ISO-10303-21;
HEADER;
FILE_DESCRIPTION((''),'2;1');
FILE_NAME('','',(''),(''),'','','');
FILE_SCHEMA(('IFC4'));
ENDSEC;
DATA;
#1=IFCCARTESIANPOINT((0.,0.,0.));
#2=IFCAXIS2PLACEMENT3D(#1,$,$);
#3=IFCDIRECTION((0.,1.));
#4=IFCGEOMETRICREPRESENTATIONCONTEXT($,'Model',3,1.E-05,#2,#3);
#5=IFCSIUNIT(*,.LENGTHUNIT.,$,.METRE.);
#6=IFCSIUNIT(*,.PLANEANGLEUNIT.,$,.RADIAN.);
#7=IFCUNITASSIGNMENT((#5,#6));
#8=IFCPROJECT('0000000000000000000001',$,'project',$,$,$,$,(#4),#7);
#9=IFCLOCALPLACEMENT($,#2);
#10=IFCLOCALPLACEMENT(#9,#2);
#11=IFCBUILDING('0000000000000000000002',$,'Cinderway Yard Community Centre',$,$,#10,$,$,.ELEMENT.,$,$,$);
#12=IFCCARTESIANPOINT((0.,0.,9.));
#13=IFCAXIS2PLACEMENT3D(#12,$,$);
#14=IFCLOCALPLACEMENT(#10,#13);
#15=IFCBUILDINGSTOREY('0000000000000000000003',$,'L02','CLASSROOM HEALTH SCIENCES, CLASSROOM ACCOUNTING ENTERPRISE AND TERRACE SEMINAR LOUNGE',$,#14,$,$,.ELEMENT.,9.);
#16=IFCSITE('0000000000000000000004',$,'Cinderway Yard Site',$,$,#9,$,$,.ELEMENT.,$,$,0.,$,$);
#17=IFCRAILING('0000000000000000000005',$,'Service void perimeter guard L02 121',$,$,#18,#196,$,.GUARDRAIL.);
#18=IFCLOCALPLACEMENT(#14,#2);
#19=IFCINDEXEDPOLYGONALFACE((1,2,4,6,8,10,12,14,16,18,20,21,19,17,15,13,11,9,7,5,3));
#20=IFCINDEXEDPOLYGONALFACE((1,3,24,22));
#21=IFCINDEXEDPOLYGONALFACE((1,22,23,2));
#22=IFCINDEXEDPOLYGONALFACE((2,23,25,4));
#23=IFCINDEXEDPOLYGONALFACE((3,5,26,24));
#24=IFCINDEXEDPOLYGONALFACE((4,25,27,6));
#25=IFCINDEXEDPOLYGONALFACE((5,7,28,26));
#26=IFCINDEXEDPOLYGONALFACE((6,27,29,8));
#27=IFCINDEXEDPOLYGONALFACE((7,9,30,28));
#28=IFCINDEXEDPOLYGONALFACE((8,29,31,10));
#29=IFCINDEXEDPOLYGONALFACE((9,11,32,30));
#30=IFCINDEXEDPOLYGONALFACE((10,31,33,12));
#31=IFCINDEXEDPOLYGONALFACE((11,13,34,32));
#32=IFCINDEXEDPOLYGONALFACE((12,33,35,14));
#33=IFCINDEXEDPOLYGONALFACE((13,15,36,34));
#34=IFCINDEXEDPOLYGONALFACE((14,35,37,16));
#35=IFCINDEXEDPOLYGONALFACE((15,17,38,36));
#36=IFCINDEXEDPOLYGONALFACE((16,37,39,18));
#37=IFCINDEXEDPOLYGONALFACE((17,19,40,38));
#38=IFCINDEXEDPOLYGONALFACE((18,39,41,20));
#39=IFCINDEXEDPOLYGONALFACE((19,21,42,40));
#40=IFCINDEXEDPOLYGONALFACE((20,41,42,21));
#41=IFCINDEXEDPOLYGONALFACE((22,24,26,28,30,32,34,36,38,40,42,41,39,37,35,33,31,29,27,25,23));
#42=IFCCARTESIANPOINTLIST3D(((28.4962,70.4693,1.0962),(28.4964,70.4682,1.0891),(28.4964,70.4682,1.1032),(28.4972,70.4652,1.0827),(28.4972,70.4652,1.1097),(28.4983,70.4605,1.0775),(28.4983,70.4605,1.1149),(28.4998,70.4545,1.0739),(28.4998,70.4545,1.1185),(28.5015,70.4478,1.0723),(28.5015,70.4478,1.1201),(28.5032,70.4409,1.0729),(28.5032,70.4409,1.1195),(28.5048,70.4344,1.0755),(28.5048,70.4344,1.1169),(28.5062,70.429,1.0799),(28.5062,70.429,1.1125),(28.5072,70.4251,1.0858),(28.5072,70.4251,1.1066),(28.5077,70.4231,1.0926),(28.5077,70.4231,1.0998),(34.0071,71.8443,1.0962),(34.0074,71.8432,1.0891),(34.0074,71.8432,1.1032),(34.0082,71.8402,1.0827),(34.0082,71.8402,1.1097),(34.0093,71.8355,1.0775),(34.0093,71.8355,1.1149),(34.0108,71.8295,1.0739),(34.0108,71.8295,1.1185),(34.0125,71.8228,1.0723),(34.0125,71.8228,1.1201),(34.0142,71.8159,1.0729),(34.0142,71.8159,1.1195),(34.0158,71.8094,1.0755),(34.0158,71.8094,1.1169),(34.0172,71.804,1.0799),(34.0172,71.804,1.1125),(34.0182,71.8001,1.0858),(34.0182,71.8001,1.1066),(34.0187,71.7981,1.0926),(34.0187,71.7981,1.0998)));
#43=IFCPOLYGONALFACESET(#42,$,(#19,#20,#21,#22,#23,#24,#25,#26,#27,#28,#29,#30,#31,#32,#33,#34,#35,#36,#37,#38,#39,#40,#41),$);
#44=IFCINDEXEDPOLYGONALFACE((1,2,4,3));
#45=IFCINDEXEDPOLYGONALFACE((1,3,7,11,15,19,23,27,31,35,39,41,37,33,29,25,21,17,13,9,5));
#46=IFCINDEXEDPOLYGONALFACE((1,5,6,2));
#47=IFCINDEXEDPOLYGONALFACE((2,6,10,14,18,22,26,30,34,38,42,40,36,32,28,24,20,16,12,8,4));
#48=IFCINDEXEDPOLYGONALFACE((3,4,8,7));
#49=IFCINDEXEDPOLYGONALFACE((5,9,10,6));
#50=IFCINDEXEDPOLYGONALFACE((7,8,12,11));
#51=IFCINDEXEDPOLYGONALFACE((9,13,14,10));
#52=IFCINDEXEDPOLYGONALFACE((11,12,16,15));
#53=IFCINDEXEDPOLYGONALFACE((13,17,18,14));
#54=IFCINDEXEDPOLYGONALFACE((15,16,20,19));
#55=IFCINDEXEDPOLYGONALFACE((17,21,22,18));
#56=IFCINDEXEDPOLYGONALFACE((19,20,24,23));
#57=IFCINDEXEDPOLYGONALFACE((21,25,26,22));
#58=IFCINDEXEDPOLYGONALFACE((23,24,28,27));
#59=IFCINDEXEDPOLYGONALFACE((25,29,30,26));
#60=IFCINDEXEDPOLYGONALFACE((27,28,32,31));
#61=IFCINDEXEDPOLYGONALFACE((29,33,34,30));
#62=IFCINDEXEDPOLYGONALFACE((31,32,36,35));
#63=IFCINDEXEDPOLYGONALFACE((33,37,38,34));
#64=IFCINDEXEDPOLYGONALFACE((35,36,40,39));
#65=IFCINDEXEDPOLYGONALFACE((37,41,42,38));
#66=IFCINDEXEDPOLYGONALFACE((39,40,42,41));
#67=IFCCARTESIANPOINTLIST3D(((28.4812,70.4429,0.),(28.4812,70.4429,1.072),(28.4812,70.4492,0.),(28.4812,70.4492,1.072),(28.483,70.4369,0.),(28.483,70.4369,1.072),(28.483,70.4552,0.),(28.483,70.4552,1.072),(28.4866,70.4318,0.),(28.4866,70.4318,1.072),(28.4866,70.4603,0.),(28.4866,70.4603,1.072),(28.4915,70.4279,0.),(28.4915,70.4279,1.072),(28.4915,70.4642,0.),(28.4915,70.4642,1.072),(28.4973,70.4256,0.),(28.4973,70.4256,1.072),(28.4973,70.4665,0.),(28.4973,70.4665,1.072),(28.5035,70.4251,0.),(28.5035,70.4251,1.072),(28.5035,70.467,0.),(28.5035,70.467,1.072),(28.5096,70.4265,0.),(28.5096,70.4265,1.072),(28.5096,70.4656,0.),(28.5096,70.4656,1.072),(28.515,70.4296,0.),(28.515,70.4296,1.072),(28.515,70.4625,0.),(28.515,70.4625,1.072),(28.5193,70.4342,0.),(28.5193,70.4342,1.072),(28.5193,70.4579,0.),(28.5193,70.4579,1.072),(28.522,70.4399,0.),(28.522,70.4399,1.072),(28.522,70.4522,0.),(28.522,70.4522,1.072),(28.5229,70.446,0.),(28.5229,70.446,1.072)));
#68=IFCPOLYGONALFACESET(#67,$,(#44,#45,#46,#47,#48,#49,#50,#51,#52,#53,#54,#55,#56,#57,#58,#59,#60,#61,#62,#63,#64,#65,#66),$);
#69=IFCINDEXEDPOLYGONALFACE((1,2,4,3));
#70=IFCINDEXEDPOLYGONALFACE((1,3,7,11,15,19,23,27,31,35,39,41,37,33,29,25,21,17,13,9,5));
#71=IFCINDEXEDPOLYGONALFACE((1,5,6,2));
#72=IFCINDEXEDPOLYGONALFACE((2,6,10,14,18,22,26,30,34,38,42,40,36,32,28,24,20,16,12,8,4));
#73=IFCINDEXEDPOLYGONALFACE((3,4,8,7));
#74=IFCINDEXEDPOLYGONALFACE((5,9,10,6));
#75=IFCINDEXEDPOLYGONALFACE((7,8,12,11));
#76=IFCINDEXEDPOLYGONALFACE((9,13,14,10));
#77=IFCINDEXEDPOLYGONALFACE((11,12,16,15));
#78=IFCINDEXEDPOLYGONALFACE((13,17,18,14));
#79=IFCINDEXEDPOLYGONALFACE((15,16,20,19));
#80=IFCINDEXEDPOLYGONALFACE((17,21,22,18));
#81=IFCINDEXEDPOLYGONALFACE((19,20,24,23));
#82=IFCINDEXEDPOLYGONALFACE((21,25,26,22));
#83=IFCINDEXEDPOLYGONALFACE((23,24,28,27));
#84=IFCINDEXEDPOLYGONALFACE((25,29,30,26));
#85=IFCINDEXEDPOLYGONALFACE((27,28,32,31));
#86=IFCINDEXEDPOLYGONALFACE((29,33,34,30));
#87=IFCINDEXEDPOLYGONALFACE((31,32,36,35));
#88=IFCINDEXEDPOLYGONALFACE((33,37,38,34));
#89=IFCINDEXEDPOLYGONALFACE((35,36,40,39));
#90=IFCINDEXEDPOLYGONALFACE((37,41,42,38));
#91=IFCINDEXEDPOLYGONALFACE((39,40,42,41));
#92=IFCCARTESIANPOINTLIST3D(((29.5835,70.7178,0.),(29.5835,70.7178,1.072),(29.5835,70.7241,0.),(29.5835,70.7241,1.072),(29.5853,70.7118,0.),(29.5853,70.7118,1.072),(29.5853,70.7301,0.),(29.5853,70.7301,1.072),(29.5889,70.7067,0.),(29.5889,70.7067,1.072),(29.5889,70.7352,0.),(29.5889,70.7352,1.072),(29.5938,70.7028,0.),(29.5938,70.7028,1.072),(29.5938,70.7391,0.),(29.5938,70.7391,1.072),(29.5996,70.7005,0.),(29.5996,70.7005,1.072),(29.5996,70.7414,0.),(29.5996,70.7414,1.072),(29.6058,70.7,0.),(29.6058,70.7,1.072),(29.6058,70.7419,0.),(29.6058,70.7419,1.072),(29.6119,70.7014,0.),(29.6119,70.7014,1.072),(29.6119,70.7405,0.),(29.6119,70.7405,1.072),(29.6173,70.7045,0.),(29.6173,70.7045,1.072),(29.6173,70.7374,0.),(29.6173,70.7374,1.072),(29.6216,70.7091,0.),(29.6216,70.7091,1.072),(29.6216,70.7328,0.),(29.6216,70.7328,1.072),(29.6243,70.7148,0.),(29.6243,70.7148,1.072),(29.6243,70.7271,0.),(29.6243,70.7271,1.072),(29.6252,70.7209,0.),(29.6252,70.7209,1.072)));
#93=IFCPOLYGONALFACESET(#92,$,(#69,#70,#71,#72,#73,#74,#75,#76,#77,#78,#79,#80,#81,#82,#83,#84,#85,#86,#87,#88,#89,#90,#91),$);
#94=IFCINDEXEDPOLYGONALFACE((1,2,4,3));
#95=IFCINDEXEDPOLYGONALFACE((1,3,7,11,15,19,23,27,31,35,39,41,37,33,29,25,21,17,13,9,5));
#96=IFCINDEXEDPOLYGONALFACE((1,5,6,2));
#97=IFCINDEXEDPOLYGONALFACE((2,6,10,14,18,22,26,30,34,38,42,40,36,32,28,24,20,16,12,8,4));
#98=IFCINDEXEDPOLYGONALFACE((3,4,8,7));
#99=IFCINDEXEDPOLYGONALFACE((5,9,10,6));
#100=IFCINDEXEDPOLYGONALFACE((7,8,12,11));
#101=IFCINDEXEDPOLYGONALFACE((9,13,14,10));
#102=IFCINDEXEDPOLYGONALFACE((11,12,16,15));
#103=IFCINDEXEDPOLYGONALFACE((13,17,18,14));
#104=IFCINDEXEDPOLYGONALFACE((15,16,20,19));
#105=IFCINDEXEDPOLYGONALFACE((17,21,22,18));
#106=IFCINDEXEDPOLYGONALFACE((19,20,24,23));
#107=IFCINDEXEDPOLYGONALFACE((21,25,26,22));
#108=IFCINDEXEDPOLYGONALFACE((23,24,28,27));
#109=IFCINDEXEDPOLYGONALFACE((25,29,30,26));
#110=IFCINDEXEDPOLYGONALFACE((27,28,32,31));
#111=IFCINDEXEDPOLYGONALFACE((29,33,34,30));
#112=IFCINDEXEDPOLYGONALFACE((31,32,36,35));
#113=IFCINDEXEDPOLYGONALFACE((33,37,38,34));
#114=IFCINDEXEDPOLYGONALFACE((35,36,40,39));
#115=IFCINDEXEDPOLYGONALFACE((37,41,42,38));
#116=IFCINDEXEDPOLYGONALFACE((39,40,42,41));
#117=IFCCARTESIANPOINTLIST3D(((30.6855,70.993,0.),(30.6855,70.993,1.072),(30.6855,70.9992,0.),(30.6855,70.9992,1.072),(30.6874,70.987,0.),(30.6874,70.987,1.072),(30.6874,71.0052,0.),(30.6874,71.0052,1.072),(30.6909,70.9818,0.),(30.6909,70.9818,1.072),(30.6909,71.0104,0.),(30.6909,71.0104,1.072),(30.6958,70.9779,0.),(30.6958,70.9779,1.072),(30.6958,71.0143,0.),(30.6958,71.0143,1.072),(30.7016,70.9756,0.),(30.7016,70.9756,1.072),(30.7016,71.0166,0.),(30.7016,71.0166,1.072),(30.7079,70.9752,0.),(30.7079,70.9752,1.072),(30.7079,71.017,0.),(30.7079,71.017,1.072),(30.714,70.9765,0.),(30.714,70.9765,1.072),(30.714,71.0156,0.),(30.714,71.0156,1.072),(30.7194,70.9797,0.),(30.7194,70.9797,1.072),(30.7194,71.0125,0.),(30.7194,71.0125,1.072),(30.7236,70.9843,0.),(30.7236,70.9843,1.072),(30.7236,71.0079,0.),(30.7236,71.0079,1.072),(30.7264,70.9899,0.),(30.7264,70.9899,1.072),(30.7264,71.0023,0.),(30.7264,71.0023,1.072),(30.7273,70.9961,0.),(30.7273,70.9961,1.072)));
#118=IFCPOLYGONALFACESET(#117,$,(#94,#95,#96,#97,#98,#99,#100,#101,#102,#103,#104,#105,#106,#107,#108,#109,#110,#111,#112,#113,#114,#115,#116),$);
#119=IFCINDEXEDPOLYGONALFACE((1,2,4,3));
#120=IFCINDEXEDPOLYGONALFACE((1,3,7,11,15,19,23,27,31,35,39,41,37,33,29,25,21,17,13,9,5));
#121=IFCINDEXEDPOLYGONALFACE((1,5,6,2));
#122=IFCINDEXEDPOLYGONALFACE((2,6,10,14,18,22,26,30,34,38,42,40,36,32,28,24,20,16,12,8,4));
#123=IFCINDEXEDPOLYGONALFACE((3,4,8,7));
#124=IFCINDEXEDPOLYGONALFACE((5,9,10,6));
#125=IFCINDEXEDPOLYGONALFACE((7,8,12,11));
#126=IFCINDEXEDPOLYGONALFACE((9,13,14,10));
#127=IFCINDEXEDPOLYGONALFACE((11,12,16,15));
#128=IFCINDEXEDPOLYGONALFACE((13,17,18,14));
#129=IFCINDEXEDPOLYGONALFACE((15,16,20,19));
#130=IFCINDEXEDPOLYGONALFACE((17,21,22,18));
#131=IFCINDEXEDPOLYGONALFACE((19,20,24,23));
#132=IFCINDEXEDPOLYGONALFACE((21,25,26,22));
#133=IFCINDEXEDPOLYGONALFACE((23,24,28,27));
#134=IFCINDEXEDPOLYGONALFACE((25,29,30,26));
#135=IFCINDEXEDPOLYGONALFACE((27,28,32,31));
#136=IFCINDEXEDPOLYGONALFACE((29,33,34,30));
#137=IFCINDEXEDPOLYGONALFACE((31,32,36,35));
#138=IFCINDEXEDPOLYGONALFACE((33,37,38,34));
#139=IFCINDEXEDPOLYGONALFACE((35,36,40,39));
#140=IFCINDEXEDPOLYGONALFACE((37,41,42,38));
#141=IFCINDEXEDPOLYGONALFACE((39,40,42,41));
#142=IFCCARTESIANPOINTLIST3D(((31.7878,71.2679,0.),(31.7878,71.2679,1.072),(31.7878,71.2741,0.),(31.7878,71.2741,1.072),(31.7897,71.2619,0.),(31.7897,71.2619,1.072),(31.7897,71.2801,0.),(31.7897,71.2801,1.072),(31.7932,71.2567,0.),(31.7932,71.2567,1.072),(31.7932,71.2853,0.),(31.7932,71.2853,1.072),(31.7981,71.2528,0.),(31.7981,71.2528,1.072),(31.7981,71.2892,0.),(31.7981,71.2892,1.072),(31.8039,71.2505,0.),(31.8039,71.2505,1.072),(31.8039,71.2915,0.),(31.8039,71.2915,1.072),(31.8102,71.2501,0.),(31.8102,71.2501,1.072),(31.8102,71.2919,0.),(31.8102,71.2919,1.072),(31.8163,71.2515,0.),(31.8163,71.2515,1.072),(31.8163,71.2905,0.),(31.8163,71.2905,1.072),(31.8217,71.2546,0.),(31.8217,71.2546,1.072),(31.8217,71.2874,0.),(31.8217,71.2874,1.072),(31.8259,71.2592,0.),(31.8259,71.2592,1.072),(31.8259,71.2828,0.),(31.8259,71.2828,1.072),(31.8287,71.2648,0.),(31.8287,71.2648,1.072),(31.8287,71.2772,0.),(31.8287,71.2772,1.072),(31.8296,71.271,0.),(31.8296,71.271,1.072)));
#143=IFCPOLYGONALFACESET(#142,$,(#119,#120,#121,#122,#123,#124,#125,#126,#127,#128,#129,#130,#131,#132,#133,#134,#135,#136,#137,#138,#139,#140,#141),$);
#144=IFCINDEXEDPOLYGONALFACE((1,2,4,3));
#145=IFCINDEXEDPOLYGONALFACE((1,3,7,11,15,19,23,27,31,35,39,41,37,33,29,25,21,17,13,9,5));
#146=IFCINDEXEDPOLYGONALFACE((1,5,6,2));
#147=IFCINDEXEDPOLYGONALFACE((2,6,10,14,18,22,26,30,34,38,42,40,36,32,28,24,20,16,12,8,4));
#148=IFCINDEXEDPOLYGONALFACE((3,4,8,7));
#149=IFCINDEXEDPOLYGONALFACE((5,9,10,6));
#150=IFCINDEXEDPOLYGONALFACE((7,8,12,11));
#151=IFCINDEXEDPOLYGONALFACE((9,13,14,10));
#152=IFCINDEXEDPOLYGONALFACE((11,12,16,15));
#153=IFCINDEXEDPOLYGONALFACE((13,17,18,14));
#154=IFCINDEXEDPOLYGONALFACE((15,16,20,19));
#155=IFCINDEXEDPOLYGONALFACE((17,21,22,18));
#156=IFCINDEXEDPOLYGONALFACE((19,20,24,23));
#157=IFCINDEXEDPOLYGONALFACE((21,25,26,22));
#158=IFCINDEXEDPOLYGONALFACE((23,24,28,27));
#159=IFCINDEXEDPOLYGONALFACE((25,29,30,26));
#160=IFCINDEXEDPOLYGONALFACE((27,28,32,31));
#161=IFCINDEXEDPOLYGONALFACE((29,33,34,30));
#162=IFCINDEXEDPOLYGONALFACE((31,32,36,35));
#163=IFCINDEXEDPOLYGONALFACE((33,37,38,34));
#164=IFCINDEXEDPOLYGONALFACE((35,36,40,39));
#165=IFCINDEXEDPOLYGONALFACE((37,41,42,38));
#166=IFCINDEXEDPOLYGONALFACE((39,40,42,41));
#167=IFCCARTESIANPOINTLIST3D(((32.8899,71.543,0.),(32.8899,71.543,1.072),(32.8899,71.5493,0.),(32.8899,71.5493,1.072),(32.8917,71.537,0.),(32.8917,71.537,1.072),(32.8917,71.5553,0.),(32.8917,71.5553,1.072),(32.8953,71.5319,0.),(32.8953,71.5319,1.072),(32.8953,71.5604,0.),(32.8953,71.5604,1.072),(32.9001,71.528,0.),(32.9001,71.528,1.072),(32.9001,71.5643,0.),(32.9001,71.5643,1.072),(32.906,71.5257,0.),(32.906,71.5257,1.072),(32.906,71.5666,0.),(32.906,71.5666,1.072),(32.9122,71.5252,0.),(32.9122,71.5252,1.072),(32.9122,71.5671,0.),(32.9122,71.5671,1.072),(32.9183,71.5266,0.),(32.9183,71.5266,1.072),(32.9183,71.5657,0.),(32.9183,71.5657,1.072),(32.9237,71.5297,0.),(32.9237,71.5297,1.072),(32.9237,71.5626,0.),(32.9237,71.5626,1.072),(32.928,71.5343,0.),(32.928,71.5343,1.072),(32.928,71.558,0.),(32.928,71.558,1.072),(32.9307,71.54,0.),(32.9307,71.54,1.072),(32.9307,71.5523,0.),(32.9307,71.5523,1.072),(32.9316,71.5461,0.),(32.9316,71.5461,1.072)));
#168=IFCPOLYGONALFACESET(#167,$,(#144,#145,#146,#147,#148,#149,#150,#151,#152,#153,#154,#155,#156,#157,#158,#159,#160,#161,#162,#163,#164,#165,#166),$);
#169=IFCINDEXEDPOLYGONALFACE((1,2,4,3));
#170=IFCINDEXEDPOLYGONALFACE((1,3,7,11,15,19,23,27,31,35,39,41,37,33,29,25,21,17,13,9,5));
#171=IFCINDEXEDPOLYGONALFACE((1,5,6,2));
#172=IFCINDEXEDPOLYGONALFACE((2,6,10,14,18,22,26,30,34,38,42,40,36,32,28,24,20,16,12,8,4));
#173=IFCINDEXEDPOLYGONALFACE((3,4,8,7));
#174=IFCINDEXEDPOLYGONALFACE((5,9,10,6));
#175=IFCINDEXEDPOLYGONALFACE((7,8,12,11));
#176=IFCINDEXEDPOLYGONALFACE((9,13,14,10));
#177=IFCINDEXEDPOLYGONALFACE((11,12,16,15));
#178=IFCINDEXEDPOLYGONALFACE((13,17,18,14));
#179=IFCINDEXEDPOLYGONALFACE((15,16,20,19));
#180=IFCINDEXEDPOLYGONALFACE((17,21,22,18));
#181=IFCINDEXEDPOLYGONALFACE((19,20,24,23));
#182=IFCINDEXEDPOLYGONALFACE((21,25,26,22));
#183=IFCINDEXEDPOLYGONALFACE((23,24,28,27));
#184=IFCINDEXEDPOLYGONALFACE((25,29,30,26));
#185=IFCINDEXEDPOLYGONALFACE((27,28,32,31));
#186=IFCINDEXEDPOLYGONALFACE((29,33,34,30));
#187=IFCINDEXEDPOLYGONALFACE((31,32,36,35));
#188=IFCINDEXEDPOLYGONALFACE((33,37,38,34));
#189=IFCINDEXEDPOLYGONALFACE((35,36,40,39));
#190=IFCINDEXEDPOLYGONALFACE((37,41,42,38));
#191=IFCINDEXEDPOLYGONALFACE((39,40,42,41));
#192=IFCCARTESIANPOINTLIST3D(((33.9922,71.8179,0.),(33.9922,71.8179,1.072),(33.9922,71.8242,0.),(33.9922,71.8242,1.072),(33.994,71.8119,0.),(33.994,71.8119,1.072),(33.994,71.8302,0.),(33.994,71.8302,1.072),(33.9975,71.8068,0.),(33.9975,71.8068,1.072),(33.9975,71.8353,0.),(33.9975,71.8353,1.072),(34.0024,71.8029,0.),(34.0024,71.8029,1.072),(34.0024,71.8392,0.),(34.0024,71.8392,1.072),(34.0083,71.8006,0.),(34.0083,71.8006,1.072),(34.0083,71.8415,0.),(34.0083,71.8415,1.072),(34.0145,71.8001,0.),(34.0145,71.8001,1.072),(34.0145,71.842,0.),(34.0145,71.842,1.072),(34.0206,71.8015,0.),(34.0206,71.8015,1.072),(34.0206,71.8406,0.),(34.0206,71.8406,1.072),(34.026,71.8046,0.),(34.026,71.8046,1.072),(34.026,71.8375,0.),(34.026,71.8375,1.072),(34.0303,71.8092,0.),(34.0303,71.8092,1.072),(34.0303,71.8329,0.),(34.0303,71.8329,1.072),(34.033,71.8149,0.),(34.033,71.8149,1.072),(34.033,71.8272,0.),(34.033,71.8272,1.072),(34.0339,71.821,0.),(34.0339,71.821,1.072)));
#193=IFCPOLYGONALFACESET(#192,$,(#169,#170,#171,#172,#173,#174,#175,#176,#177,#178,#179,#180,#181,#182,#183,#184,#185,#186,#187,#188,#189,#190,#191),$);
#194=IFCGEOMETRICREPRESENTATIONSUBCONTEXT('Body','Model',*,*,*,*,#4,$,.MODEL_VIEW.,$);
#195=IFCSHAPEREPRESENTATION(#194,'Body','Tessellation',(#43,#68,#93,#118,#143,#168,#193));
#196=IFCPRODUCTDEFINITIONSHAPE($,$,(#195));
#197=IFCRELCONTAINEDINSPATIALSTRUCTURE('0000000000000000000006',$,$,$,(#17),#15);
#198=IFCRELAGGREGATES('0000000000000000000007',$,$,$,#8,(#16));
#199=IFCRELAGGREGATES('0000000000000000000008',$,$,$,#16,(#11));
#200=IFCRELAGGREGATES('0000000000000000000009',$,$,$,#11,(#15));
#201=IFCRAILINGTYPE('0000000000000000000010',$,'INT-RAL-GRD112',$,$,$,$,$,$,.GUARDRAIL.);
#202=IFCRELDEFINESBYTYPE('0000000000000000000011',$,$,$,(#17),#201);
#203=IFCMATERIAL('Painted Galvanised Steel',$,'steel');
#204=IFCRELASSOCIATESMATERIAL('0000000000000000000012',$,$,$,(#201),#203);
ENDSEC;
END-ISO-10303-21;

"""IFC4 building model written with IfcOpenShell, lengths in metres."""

from ifc_helpers import new_model, si_unit, direction, frame, origin, origin_2d, place, context, subcontext, project, spatial, circle, extrude, material, type_object, element, save


model = new_model("IFC4")

# Units and contexts
model_context = context("Model", 3, precision=1e-05, world=origin(), true_north=direction((0.0, 1.0)))
body_context = subcontext(model_context, "Body", "Model", "MODEL_VIEW")
ifc_project = project(units=[si_unit("LENGTHUNIT", "METRE"), si_unit("PLANEANGLEUNIT", "RADIAN")], contexts=[model_context])

# Site, building, storey
site_placement = place(None, origin())
site = spatial("IfcSite", under=ifc_project, at=site_placement, Name="Cinderway Yard Site", CompositionType="ELEMENT", RefElevation=0.0)
building_placement = place(site_placement, origin())
building = spatial("IfcBuilding", under=site, at=building_placement, Name="Cinderway Yard Community Centre", CompositionType="ELEMENT")
storey_placement = place(building_placement, frame((0.0, 0.0, 9.0)))
storey = spatial("IfcBuildingStorey", under=building, at=storey_placement, Name="L02", Description="CLASSROOM HEALTH SCIENCES, CLASSROOM ACCOUNTING ENTERPRISE AND TERRACE SEMINAR LOUNGE", CompositionType="ELEMENT", Elevation=9.0)

# Railing
ifc_material_1 = material(Name="Painted Galvanised Steel", Category="steel")
railing_type_1 = type_object("IfcRailingType", Name="INT-RAL-GRD112", PredefinedType="GUARDRAIL", material=ifc_material_1)
railing_1_placement = place(storey_placement, frame((28.502, 70.446, 0.0)))
element("IfcRailing", 1, at=railing_1_placement, inside=storey, type_object=railing_type_1, Name="Service void perimeter guard L02 121", PredefinedType="GUARDRAIL", context=body_context, shape_type="SweptSolid", body=[
    extrude(circle(Radius=0.0239, at=origin_2d()), frame((0.0, 0.0, 1.0962), z_axis=(0.970256, 0.24208, 0.0), x_axis=(-0.24208, 0.970256, 0.0)), (0.0, 0.0, 1.0), 5.6799),
    extrude(circle(Radius=0.021, at=origin_2d()), origin(), (0.0, 0.0, 1.0), 1.072),
    extrude(circle(Radius=0.021, at=origin_2d()), frame((1.1023, 0.2749, 0.0)), (0.0, 0.0, 1.0), 1.072),
    extrude(circle(Radius=0.021, at=origin_2d()), frame((2.2043, 0.55, 0.0)), (0.0, 0.0, 1.0), 1.072),
    extrude(circle(Radius=0.021, at=origin_2d()), frame((3.3066, 0.825, 0.0)), (0.0, 0.0, 1.0), 1.072),
    extrude(circle(Radius=0.021, at=origin_2d()), frame((4.4087, 1.1001, 0.0)), (0.0, 0.0, 1.0), 1.072),
    extrude(circle(Radius=0.021, at=origin_2d()), frame((5.511, 1.375, 0.0)), (0.0, 0.0, 1.0), 1.072),
])

save(model, "model.ifc")
